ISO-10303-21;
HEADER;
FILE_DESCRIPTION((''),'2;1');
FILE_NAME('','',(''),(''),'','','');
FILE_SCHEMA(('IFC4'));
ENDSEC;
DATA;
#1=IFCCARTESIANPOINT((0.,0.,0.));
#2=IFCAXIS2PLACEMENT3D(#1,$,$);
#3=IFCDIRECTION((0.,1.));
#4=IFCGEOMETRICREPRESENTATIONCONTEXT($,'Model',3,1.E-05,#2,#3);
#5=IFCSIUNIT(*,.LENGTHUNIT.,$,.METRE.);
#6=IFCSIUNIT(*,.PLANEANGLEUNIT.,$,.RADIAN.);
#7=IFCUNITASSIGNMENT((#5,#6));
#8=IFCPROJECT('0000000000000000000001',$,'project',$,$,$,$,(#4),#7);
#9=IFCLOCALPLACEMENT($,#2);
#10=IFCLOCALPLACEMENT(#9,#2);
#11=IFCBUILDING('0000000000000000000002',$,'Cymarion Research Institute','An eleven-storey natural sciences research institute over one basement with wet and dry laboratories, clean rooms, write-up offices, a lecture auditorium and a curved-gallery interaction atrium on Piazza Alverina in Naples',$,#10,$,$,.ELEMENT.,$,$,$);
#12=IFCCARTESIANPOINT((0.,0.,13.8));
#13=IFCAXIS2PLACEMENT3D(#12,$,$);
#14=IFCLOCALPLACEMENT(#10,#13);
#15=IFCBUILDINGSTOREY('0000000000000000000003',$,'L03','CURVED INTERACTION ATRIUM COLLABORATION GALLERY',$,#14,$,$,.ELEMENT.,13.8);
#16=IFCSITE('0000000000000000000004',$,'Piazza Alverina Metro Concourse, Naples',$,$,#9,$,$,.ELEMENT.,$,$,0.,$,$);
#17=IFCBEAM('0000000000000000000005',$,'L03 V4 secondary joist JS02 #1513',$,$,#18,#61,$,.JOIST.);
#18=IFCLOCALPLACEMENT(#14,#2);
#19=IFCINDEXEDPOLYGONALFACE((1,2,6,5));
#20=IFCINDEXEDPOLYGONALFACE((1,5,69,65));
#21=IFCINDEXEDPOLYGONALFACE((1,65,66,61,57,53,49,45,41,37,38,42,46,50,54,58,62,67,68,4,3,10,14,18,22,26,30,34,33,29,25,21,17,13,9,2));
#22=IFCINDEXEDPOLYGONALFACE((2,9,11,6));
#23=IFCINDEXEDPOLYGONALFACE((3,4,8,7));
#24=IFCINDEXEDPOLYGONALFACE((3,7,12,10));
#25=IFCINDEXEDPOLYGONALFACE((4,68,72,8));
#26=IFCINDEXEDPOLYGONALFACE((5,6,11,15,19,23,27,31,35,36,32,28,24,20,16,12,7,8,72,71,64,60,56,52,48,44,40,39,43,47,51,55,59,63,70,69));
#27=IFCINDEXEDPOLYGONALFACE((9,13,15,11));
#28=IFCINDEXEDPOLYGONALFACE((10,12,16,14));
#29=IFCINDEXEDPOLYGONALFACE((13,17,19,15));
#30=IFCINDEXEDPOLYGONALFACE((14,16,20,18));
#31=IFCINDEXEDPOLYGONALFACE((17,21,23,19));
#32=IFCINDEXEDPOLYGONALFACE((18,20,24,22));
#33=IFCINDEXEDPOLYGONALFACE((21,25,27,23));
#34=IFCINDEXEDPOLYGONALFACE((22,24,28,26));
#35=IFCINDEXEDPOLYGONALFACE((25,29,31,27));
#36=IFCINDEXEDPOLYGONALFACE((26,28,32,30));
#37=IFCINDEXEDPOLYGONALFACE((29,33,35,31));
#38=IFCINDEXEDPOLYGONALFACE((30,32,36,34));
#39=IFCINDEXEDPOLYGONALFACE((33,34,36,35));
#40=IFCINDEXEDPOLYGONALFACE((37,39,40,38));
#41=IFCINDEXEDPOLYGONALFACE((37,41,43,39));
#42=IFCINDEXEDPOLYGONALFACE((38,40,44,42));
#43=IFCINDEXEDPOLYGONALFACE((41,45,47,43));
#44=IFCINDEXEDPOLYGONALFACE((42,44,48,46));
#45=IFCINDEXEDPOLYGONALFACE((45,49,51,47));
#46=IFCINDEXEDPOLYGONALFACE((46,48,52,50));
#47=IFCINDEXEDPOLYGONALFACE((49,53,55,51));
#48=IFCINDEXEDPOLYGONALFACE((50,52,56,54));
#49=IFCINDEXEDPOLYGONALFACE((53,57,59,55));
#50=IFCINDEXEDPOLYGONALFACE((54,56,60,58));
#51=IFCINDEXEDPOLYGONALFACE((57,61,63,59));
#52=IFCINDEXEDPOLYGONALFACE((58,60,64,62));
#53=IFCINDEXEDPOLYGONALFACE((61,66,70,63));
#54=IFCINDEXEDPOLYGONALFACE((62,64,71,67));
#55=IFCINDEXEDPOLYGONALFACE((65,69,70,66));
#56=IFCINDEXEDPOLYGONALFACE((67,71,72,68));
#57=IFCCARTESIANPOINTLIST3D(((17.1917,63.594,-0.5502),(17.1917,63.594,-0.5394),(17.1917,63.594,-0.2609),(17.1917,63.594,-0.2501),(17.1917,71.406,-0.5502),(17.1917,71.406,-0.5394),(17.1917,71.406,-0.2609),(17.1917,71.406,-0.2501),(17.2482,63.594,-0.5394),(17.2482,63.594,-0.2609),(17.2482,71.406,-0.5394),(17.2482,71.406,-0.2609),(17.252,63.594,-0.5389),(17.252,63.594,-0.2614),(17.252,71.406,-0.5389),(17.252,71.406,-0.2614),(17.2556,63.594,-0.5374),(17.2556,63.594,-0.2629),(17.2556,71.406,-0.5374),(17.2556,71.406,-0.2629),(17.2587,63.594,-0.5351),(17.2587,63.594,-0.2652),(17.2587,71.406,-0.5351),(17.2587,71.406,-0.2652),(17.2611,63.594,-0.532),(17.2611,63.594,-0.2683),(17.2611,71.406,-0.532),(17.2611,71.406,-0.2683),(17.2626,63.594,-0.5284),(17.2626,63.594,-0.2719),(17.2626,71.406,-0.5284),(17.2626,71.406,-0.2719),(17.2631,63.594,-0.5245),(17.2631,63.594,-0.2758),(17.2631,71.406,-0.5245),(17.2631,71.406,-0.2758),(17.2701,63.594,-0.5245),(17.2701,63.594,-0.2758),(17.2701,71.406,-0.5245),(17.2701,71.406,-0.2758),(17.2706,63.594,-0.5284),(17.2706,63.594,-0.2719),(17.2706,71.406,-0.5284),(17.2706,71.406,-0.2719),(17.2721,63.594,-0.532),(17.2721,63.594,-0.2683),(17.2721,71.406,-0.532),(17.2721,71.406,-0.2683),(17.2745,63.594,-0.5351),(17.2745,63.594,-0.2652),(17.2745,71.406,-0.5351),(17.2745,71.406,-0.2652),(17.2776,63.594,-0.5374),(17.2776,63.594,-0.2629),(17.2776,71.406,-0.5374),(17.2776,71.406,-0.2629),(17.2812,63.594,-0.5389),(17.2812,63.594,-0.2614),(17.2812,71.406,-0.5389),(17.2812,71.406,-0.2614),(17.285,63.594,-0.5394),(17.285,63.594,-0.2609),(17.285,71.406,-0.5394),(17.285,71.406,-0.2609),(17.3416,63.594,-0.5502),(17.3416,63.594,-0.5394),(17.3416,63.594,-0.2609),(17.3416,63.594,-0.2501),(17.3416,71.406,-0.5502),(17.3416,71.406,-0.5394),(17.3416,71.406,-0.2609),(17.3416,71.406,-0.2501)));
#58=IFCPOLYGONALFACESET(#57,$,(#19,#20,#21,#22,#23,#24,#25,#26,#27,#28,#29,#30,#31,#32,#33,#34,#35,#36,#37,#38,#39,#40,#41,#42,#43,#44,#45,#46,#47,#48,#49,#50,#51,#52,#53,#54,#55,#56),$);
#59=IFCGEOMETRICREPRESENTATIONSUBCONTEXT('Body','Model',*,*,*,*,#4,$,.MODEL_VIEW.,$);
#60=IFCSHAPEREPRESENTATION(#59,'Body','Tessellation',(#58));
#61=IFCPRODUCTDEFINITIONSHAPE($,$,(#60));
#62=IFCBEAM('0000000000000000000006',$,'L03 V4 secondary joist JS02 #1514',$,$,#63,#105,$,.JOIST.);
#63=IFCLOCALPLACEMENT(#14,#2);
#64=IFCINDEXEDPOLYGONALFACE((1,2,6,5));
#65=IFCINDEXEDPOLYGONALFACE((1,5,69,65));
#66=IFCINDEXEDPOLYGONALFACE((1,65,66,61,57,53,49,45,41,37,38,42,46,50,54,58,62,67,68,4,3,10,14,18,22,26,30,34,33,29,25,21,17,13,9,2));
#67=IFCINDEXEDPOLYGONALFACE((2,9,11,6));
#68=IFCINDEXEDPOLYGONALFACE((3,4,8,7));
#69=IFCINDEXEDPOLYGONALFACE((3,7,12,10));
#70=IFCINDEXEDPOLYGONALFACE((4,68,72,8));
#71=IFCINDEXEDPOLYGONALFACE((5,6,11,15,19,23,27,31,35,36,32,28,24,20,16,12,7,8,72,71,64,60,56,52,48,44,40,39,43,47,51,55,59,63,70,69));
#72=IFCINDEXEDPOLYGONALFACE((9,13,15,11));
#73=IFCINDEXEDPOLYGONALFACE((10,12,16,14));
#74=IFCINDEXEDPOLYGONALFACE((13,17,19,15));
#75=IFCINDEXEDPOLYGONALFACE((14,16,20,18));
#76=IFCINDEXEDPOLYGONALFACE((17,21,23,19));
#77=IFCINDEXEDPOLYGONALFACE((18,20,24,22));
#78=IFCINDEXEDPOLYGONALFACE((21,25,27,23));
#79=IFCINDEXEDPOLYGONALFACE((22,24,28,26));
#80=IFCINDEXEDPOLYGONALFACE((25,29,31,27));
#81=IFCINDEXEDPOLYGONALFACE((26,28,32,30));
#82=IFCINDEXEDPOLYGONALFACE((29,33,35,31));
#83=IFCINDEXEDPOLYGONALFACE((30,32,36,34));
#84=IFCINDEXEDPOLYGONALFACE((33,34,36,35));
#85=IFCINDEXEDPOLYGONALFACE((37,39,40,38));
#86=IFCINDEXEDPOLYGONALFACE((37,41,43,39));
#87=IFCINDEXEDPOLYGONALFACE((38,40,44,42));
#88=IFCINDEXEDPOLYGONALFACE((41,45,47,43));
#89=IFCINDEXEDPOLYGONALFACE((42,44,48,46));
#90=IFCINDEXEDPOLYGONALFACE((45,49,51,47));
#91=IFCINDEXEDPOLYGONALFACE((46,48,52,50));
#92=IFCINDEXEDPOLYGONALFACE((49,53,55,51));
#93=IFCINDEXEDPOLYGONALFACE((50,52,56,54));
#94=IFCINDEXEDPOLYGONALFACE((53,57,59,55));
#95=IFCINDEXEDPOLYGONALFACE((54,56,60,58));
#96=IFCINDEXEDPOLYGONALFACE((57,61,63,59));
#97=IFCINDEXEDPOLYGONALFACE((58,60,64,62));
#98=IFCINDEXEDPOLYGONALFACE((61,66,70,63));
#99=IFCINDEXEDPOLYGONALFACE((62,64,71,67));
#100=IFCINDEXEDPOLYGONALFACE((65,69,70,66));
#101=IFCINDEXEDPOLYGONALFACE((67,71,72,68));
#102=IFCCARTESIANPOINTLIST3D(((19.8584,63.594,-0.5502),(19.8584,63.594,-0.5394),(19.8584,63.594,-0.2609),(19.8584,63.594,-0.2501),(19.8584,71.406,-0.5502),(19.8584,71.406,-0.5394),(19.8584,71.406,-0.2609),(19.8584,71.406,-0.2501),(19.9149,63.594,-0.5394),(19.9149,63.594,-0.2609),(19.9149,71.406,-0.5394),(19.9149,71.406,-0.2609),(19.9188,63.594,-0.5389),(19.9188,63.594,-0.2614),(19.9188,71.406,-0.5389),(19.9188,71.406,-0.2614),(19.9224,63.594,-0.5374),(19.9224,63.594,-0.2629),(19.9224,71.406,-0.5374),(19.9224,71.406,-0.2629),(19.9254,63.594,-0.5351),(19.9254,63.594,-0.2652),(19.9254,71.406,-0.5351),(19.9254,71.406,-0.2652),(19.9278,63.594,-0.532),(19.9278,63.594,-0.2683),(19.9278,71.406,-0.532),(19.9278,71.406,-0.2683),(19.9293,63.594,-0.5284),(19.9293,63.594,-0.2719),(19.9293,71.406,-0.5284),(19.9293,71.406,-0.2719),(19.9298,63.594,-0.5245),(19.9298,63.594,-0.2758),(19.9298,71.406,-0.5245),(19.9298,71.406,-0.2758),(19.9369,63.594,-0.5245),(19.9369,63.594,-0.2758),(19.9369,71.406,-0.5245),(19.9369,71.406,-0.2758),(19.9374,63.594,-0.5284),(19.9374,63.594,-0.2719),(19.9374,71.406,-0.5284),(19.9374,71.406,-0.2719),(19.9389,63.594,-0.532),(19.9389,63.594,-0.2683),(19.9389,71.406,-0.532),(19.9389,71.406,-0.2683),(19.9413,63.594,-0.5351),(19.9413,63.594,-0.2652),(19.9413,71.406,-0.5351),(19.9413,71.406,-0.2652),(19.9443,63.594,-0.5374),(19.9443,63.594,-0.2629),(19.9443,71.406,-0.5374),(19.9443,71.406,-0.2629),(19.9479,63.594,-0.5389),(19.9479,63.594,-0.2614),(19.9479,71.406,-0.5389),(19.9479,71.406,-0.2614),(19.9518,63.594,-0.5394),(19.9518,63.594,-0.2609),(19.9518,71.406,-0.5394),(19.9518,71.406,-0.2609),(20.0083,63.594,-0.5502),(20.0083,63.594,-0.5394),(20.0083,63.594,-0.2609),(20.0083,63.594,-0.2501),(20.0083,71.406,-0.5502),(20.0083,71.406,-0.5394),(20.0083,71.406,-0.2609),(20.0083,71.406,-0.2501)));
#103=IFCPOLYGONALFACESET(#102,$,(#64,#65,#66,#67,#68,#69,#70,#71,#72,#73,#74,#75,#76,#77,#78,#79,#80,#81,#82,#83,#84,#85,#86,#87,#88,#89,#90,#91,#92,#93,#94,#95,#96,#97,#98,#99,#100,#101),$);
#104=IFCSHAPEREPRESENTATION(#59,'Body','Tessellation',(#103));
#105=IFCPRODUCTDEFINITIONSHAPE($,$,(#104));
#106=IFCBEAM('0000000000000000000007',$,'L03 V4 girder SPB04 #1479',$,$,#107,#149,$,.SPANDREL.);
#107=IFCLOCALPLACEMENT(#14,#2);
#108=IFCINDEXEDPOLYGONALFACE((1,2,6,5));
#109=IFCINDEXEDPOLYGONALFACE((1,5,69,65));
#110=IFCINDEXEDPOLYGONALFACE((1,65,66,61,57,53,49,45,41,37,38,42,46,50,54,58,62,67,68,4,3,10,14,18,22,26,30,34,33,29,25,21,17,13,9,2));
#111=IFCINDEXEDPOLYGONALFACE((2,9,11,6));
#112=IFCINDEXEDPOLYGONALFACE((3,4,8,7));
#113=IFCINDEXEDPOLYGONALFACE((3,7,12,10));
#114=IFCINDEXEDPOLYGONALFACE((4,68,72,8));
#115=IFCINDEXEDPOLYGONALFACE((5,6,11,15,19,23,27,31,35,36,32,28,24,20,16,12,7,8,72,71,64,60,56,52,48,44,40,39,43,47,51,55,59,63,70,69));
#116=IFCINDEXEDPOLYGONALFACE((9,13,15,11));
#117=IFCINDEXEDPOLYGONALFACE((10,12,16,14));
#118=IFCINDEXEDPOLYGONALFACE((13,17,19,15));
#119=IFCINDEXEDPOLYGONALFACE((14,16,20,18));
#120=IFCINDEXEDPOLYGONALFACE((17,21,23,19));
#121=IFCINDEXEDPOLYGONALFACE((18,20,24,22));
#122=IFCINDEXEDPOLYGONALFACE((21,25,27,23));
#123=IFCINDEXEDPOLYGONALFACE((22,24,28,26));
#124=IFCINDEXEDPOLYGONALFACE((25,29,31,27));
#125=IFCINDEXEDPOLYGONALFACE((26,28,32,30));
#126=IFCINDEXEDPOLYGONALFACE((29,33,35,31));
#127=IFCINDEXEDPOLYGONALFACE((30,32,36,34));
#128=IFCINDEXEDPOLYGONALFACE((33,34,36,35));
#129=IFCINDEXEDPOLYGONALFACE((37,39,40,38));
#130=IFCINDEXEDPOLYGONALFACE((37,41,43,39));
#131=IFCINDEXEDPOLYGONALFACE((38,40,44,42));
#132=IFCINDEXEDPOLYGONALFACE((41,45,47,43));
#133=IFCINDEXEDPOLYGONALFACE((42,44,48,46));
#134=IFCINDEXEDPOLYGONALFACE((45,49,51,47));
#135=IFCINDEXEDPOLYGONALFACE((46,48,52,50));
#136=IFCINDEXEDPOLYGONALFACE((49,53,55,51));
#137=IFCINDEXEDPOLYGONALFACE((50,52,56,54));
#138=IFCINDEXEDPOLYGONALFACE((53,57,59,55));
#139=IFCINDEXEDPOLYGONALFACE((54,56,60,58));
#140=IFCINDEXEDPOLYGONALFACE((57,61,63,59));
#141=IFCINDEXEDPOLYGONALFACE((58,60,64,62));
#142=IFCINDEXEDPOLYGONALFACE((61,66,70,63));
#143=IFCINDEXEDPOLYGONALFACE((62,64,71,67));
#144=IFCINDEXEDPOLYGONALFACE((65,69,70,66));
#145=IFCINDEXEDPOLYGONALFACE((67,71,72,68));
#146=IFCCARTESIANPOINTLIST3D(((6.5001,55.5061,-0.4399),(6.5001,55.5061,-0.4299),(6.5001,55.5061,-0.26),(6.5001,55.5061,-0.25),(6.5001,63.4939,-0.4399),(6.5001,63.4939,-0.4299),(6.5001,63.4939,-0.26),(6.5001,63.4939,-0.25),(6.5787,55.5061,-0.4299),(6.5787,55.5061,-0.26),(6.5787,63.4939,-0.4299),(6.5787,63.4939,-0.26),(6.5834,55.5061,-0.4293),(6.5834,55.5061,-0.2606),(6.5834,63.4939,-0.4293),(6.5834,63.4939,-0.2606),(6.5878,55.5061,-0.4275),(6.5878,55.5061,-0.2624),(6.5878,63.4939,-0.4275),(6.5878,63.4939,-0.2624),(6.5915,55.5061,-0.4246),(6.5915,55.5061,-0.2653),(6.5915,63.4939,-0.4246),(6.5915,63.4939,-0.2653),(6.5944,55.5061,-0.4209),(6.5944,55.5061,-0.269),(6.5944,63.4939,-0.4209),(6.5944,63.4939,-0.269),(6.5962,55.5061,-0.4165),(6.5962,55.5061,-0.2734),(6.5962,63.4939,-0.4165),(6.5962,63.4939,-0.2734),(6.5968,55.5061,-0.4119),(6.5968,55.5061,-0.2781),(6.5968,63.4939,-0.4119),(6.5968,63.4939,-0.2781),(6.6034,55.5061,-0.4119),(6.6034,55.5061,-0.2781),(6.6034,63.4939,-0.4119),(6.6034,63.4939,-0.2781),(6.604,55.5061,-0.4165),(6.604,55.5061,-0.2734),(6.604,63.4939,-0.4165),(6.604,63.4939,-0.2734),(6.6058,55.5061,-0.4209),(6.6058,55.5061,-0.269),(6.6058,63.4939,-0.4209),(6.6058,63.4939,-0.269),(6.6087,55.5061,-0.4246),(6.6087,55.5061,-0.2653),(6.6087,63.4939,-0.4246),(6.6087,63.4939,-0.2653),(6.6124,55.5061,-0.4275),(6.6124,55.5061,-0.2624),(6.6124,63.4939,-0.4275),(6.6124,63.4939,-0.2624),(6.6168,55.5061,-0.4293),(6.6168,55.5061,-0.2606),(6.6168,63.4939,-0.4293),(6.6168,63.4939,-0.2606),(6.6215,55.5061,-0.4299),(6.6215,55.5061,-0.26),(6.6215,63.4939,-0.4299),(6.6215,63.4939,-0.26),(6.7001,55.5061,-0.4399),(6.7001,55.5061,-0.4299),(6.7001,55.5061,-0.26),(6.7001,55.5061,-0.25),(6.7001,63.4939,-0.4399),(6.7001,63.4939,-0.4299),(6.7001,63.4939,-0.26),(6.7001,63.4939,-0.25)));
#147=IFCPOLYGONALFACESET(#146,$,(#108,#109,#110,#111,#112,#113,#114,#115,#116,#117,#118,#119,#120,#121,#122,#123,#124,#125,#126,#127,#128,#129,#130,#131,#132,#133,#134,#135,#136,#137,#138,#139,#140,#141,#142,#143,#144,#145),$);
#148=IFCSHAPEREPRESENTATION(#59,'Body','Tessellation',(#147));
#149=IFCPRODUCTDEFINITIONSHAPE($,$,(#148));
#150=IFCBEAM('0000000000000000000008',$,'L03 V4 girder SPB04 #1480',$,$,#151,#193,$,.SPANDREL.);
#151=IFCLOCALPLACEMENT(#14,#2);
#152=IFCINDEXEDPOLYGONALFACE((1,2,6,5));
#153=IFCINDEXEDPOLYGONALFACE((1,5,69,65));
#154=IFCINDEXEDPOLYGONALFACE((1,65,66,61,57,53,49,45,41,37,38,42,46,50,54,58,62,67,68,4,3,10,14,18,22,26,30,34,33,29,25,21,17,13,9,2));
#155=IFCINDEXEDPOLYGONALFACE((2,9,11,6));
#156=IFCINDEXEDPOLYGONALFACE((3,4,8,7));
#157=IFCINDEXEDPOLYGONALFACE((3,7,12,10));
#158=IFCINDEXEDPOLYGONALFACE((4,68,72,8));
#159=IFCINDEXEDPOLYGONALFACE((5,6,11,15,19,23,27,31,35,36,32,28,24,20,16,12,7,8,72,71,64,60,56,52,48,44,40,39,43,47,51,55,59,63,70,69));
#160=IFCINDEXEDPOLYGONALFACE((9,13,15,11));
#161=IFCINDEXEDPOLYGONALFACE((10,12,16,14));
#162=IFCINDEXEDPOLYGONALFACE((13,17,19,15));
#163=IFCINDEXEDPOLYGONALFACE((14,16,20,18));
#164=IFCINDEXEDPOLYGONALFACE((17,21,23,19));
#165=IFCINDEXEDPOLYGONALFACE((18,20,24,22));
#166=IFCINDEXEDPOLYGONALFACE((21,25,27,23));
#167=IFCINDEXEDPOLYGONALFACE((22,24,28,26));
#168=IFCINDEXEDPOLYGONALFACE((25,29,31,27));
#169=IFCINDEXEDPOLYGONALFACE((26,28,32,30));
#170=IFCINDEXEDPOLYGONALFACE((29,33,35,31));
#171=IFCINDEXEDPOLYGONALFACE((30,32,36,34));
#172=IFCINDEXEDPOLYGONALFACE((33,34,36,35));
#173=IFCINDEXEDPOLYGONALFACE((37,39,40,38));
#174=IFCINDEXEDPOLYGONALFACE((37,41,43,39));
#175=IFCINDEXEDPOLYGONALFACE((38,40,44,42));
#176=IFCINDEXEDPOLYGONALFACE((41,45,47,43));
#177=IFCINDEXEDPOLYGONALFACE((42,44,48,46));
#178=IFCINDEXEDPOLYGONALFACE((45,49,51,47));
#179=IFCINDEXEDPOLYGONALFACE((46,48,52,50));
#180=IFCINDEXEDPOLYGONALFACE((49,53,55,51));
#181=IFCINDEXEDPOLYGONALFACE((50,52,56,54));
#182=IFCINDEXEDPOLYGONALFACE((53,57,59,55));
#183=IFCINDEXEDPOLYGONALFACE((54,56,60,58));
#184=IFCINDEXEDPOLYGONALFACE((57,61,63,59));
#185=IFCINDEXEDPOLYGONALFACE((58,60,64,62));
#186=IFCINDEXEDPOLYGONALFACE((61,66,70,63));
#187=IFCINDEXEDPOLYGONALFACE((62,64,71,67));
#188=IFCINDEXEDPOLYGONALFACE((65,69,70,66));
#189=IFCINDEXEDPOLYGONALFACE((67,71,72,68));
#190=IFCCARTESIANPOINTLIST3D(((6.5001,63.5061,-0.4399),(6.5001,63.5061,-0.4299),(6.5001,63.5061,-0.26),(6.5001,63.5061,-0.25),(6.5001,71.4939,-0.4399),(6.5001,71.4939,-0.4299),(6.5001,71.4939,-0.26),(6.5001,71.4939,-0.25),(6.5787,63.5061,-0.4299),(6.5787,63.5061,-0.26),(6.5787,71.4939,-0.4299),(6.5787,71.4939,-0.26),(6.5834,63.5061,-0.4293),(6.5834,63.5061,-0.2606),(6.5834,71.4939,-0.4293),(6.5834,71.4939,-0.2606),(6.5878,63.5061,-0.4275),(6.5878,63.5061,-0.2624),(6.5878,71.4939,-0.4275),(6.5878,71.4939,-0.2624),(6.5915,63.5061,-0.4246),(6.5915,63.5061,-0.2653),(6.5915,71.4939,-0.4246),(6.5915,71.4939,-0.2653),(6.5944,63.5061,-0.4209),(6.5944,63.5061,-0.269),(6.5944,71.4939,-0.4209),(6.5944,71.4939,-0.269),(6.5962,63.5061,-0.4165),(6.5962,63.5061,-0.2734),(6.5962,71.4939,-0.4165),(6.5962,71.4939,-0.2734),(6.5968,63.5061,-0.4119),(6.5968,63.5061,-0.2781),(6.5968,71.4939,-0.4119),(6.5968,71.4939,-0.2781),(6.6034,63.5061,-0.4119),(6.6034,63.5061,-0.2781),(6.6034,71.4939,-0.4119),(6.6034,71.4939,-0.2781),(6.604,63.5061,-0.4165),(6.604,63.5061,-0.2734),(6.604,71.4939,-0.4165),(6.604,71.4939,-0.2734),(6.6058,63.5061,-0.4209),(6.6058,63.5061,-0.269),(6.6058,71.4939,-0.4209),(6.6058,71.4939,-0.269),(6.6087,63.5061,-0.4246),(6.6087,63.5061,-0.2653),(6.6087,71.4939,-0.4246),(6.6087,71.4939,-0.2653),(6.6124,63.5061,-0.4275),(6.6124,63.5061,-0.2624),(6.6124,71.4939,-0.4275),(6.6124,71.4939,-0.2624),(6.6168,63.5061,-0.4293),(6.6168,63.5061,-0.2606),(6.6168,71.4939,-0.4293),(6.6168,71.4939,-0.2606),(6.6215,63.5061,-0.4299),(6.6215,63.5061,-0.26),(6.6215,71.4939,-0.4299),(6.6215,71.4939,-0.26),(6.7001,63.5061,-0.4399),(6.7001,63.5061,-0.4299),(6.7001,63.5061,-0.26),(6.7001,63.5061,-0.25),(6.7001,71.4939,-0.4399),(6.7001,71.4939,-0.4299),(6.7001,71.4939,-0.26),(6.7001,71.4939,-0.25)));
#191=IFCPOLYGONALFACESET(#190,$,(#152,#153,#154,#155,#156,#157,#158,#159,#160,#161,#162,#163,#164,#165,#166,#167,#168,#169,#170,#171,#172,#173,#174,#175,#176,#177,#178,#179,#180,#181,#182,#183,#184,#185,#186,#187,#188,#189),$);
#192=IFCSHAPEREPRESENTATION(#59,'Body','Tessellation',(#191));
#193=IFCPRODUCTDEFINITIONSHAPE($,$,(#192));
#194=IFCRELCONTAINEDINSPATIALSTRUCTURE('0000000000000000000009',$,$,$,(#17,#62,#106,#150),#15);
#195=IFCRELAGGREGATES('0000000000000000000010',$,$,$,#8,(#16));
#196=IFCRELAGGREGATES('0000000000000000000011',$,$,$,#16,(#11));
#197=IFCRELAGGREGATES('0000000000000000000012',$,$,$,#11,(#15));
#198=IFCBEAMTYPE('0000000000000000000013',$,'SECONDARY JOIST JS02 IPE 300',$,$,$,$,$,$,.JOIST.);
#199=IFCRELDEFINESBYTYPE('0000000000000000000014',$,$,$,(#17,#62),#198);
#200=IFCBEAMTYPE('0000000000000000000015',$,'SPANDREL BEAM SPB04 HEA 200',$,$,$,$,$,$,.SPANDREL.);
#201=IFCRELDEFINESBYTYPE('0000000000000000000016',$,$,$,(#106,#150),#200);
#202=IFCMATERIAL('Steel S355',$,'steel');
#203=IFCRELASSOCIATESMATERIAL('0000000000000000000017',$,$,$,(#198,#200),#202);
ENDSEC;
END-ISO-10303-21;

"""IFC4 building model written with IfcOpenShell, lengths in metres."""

from ifc_helpers import new_model, si_unit, direction, frame, origin, origin_2d, place, context, subcontext, project, spatial, i_section, extrude, material, material_profile, profile_set, type_object, element, save


model = new_model("IFC4")

# Units and contexts
model_context = context("Model", 3, precision=1e-05, world=origin(), true_north=direction((0.0, 1.0)))
body_context = subcontext(model_context, "Body", "Model", "MODEL_VIEW")
ifc_project = project(units=[si_unit("LENGTHUNIT", "METRE"), si_unit("PLANEANGLEUNIT", "RADIAN")], contexts=[model_context])

# Site, building, storey
site_placement = place(None, origin())
site = spatial("IfcSite", under=ifc_project, at=site_placement, Name="Piazza Alverina Metro Concourse, Naples", CompositionType="ELEMENT", RefElevation=0.0)
building_placement = place(site_placement, origin())
building = spatial("IfcBuilding", under=site, at=building_placement, Name="Cymarion Research Institute", Description="An eleven-storey natural sciences research institute over one basement with wet and dry laboratories, clean rooms, write-up offices, a lecture auditorium and a curved-gallery interaction atrium on Piazza Alverina in Naples", CompositionType="ELEMENT")
storey_placement = place(building_placement, frame((0.0, 0.0, 13.8)))
storey = spatial("IfcBuildingStorey", under=building, at=storey_placement, Name="L03", Description="CURVED INTERACTION ATRIUM COLLABORATION GALLERY", CompositionType="ELEMENT", Elevation=13.8)

# Shared definitions
ifc_material_1 = material(Name="Steel S355", Category="steel")

# Beams
ifc_material_profile_1 = material_profile(ifc_material_1, i_section(OverallWidth=0.1499, OverallDepth=0.3, WebThickness=0.0071, FlangeThickness=0.0107, FilletRadius=0.0149, at=origin_2d()), Name="IPE 300")
ifc_profile_set_1 = profile_set([ifc_material_profile_1], Name="Steel S355")
beam_type_1 = type_object("IfcBeamType", Name="SECONDARY JOIST JS02 IPE 300", PredefinedType="JOIST", material=ifc_profile_set_1)
for number, where, z_axis, x_axis, name in (
    (1, (17.2666, 63.594, -0.4001), (0.0, 1.0, 0.0), (-1.0, 0.0, 0.0), "L03 V4 secondary joist JS02 #1513"),
    (2, (19.9333, 63.594, -0.4001), (0.0, 1.0, 0.0), (-1.0, 0.0, 0.0), "L03 V4 secondary joist JS02 #1514"),
):
    element("IfcBeam", number, at=place(storey_placement, frame(where, z_axis=z_axis, x_axis=x_axis)), inside=storey, type_object=beam_type_1, Name=name, PredefinedType="JOIST", context=body_context, shape_type="SweptSolid", body=[
        extrude(i_section(OverallWidth=0.1499, OverallDepth=0.3, WebThickness=0.0071, FlangeThickness=0.0107, FilletRadius=0.0149, at=origin_2d()), origin(), (0.0, 0.0, 1.0), 7.812),
    ])
ifc_material_profile_2 = material_profile(ifc_material_1, i_section(OverallWidth=0.2, OverallDepth=0.1899, WebThickness=0.0066, FlangeThickness=0.01, FilletRadius=0.0181, at=origin_2d()), Name="HEA 200")
ifc_profile_set_2 = profile_set([ifc_material_profile_2], Name="Steel S355")
beam_type_2 = type_object("IfcBeamType", Name="SPANDREL BEAM SPB04 HEA 200", PredefinedType="SPANDREL", material=ifc_profile_set_2)
for number, where, z_axis, x_axis, name in (
    (3, (6.6001, 55.5061, -0.345), (0.0, 1.0, 0.0), (-1.0, 0.0, 0.0), "L03 V4 girder SPB04 #1479"),
    (4, (6.6001, 63.5061, -0.345), (0.0, 1.0, 0.0), (-1.0, 0.0, 0.0), "L03 V4 girder SPB04 #1480"),
):
    element("IfcBeam", number, at=place(storey_placement, frame(where, z_axis=z_axis, x_axis=x_axis)), inside=storey, type_object=beam_type_2, Name=name, PredefinedType="SPANDREL", context=body_context, shape_type="SweptSolid", body=[
        extrude(i_section(OverallWidth=0.2, OverallDepth=0.1899, WebThickness=0.0066, FlangeThickness=0.01, FilletRadius=0.0181, at=origin_2d()), origin(), (0.0, 0.0, 1.0), 7.9878),
    ])

save(model, "model.ifc")
